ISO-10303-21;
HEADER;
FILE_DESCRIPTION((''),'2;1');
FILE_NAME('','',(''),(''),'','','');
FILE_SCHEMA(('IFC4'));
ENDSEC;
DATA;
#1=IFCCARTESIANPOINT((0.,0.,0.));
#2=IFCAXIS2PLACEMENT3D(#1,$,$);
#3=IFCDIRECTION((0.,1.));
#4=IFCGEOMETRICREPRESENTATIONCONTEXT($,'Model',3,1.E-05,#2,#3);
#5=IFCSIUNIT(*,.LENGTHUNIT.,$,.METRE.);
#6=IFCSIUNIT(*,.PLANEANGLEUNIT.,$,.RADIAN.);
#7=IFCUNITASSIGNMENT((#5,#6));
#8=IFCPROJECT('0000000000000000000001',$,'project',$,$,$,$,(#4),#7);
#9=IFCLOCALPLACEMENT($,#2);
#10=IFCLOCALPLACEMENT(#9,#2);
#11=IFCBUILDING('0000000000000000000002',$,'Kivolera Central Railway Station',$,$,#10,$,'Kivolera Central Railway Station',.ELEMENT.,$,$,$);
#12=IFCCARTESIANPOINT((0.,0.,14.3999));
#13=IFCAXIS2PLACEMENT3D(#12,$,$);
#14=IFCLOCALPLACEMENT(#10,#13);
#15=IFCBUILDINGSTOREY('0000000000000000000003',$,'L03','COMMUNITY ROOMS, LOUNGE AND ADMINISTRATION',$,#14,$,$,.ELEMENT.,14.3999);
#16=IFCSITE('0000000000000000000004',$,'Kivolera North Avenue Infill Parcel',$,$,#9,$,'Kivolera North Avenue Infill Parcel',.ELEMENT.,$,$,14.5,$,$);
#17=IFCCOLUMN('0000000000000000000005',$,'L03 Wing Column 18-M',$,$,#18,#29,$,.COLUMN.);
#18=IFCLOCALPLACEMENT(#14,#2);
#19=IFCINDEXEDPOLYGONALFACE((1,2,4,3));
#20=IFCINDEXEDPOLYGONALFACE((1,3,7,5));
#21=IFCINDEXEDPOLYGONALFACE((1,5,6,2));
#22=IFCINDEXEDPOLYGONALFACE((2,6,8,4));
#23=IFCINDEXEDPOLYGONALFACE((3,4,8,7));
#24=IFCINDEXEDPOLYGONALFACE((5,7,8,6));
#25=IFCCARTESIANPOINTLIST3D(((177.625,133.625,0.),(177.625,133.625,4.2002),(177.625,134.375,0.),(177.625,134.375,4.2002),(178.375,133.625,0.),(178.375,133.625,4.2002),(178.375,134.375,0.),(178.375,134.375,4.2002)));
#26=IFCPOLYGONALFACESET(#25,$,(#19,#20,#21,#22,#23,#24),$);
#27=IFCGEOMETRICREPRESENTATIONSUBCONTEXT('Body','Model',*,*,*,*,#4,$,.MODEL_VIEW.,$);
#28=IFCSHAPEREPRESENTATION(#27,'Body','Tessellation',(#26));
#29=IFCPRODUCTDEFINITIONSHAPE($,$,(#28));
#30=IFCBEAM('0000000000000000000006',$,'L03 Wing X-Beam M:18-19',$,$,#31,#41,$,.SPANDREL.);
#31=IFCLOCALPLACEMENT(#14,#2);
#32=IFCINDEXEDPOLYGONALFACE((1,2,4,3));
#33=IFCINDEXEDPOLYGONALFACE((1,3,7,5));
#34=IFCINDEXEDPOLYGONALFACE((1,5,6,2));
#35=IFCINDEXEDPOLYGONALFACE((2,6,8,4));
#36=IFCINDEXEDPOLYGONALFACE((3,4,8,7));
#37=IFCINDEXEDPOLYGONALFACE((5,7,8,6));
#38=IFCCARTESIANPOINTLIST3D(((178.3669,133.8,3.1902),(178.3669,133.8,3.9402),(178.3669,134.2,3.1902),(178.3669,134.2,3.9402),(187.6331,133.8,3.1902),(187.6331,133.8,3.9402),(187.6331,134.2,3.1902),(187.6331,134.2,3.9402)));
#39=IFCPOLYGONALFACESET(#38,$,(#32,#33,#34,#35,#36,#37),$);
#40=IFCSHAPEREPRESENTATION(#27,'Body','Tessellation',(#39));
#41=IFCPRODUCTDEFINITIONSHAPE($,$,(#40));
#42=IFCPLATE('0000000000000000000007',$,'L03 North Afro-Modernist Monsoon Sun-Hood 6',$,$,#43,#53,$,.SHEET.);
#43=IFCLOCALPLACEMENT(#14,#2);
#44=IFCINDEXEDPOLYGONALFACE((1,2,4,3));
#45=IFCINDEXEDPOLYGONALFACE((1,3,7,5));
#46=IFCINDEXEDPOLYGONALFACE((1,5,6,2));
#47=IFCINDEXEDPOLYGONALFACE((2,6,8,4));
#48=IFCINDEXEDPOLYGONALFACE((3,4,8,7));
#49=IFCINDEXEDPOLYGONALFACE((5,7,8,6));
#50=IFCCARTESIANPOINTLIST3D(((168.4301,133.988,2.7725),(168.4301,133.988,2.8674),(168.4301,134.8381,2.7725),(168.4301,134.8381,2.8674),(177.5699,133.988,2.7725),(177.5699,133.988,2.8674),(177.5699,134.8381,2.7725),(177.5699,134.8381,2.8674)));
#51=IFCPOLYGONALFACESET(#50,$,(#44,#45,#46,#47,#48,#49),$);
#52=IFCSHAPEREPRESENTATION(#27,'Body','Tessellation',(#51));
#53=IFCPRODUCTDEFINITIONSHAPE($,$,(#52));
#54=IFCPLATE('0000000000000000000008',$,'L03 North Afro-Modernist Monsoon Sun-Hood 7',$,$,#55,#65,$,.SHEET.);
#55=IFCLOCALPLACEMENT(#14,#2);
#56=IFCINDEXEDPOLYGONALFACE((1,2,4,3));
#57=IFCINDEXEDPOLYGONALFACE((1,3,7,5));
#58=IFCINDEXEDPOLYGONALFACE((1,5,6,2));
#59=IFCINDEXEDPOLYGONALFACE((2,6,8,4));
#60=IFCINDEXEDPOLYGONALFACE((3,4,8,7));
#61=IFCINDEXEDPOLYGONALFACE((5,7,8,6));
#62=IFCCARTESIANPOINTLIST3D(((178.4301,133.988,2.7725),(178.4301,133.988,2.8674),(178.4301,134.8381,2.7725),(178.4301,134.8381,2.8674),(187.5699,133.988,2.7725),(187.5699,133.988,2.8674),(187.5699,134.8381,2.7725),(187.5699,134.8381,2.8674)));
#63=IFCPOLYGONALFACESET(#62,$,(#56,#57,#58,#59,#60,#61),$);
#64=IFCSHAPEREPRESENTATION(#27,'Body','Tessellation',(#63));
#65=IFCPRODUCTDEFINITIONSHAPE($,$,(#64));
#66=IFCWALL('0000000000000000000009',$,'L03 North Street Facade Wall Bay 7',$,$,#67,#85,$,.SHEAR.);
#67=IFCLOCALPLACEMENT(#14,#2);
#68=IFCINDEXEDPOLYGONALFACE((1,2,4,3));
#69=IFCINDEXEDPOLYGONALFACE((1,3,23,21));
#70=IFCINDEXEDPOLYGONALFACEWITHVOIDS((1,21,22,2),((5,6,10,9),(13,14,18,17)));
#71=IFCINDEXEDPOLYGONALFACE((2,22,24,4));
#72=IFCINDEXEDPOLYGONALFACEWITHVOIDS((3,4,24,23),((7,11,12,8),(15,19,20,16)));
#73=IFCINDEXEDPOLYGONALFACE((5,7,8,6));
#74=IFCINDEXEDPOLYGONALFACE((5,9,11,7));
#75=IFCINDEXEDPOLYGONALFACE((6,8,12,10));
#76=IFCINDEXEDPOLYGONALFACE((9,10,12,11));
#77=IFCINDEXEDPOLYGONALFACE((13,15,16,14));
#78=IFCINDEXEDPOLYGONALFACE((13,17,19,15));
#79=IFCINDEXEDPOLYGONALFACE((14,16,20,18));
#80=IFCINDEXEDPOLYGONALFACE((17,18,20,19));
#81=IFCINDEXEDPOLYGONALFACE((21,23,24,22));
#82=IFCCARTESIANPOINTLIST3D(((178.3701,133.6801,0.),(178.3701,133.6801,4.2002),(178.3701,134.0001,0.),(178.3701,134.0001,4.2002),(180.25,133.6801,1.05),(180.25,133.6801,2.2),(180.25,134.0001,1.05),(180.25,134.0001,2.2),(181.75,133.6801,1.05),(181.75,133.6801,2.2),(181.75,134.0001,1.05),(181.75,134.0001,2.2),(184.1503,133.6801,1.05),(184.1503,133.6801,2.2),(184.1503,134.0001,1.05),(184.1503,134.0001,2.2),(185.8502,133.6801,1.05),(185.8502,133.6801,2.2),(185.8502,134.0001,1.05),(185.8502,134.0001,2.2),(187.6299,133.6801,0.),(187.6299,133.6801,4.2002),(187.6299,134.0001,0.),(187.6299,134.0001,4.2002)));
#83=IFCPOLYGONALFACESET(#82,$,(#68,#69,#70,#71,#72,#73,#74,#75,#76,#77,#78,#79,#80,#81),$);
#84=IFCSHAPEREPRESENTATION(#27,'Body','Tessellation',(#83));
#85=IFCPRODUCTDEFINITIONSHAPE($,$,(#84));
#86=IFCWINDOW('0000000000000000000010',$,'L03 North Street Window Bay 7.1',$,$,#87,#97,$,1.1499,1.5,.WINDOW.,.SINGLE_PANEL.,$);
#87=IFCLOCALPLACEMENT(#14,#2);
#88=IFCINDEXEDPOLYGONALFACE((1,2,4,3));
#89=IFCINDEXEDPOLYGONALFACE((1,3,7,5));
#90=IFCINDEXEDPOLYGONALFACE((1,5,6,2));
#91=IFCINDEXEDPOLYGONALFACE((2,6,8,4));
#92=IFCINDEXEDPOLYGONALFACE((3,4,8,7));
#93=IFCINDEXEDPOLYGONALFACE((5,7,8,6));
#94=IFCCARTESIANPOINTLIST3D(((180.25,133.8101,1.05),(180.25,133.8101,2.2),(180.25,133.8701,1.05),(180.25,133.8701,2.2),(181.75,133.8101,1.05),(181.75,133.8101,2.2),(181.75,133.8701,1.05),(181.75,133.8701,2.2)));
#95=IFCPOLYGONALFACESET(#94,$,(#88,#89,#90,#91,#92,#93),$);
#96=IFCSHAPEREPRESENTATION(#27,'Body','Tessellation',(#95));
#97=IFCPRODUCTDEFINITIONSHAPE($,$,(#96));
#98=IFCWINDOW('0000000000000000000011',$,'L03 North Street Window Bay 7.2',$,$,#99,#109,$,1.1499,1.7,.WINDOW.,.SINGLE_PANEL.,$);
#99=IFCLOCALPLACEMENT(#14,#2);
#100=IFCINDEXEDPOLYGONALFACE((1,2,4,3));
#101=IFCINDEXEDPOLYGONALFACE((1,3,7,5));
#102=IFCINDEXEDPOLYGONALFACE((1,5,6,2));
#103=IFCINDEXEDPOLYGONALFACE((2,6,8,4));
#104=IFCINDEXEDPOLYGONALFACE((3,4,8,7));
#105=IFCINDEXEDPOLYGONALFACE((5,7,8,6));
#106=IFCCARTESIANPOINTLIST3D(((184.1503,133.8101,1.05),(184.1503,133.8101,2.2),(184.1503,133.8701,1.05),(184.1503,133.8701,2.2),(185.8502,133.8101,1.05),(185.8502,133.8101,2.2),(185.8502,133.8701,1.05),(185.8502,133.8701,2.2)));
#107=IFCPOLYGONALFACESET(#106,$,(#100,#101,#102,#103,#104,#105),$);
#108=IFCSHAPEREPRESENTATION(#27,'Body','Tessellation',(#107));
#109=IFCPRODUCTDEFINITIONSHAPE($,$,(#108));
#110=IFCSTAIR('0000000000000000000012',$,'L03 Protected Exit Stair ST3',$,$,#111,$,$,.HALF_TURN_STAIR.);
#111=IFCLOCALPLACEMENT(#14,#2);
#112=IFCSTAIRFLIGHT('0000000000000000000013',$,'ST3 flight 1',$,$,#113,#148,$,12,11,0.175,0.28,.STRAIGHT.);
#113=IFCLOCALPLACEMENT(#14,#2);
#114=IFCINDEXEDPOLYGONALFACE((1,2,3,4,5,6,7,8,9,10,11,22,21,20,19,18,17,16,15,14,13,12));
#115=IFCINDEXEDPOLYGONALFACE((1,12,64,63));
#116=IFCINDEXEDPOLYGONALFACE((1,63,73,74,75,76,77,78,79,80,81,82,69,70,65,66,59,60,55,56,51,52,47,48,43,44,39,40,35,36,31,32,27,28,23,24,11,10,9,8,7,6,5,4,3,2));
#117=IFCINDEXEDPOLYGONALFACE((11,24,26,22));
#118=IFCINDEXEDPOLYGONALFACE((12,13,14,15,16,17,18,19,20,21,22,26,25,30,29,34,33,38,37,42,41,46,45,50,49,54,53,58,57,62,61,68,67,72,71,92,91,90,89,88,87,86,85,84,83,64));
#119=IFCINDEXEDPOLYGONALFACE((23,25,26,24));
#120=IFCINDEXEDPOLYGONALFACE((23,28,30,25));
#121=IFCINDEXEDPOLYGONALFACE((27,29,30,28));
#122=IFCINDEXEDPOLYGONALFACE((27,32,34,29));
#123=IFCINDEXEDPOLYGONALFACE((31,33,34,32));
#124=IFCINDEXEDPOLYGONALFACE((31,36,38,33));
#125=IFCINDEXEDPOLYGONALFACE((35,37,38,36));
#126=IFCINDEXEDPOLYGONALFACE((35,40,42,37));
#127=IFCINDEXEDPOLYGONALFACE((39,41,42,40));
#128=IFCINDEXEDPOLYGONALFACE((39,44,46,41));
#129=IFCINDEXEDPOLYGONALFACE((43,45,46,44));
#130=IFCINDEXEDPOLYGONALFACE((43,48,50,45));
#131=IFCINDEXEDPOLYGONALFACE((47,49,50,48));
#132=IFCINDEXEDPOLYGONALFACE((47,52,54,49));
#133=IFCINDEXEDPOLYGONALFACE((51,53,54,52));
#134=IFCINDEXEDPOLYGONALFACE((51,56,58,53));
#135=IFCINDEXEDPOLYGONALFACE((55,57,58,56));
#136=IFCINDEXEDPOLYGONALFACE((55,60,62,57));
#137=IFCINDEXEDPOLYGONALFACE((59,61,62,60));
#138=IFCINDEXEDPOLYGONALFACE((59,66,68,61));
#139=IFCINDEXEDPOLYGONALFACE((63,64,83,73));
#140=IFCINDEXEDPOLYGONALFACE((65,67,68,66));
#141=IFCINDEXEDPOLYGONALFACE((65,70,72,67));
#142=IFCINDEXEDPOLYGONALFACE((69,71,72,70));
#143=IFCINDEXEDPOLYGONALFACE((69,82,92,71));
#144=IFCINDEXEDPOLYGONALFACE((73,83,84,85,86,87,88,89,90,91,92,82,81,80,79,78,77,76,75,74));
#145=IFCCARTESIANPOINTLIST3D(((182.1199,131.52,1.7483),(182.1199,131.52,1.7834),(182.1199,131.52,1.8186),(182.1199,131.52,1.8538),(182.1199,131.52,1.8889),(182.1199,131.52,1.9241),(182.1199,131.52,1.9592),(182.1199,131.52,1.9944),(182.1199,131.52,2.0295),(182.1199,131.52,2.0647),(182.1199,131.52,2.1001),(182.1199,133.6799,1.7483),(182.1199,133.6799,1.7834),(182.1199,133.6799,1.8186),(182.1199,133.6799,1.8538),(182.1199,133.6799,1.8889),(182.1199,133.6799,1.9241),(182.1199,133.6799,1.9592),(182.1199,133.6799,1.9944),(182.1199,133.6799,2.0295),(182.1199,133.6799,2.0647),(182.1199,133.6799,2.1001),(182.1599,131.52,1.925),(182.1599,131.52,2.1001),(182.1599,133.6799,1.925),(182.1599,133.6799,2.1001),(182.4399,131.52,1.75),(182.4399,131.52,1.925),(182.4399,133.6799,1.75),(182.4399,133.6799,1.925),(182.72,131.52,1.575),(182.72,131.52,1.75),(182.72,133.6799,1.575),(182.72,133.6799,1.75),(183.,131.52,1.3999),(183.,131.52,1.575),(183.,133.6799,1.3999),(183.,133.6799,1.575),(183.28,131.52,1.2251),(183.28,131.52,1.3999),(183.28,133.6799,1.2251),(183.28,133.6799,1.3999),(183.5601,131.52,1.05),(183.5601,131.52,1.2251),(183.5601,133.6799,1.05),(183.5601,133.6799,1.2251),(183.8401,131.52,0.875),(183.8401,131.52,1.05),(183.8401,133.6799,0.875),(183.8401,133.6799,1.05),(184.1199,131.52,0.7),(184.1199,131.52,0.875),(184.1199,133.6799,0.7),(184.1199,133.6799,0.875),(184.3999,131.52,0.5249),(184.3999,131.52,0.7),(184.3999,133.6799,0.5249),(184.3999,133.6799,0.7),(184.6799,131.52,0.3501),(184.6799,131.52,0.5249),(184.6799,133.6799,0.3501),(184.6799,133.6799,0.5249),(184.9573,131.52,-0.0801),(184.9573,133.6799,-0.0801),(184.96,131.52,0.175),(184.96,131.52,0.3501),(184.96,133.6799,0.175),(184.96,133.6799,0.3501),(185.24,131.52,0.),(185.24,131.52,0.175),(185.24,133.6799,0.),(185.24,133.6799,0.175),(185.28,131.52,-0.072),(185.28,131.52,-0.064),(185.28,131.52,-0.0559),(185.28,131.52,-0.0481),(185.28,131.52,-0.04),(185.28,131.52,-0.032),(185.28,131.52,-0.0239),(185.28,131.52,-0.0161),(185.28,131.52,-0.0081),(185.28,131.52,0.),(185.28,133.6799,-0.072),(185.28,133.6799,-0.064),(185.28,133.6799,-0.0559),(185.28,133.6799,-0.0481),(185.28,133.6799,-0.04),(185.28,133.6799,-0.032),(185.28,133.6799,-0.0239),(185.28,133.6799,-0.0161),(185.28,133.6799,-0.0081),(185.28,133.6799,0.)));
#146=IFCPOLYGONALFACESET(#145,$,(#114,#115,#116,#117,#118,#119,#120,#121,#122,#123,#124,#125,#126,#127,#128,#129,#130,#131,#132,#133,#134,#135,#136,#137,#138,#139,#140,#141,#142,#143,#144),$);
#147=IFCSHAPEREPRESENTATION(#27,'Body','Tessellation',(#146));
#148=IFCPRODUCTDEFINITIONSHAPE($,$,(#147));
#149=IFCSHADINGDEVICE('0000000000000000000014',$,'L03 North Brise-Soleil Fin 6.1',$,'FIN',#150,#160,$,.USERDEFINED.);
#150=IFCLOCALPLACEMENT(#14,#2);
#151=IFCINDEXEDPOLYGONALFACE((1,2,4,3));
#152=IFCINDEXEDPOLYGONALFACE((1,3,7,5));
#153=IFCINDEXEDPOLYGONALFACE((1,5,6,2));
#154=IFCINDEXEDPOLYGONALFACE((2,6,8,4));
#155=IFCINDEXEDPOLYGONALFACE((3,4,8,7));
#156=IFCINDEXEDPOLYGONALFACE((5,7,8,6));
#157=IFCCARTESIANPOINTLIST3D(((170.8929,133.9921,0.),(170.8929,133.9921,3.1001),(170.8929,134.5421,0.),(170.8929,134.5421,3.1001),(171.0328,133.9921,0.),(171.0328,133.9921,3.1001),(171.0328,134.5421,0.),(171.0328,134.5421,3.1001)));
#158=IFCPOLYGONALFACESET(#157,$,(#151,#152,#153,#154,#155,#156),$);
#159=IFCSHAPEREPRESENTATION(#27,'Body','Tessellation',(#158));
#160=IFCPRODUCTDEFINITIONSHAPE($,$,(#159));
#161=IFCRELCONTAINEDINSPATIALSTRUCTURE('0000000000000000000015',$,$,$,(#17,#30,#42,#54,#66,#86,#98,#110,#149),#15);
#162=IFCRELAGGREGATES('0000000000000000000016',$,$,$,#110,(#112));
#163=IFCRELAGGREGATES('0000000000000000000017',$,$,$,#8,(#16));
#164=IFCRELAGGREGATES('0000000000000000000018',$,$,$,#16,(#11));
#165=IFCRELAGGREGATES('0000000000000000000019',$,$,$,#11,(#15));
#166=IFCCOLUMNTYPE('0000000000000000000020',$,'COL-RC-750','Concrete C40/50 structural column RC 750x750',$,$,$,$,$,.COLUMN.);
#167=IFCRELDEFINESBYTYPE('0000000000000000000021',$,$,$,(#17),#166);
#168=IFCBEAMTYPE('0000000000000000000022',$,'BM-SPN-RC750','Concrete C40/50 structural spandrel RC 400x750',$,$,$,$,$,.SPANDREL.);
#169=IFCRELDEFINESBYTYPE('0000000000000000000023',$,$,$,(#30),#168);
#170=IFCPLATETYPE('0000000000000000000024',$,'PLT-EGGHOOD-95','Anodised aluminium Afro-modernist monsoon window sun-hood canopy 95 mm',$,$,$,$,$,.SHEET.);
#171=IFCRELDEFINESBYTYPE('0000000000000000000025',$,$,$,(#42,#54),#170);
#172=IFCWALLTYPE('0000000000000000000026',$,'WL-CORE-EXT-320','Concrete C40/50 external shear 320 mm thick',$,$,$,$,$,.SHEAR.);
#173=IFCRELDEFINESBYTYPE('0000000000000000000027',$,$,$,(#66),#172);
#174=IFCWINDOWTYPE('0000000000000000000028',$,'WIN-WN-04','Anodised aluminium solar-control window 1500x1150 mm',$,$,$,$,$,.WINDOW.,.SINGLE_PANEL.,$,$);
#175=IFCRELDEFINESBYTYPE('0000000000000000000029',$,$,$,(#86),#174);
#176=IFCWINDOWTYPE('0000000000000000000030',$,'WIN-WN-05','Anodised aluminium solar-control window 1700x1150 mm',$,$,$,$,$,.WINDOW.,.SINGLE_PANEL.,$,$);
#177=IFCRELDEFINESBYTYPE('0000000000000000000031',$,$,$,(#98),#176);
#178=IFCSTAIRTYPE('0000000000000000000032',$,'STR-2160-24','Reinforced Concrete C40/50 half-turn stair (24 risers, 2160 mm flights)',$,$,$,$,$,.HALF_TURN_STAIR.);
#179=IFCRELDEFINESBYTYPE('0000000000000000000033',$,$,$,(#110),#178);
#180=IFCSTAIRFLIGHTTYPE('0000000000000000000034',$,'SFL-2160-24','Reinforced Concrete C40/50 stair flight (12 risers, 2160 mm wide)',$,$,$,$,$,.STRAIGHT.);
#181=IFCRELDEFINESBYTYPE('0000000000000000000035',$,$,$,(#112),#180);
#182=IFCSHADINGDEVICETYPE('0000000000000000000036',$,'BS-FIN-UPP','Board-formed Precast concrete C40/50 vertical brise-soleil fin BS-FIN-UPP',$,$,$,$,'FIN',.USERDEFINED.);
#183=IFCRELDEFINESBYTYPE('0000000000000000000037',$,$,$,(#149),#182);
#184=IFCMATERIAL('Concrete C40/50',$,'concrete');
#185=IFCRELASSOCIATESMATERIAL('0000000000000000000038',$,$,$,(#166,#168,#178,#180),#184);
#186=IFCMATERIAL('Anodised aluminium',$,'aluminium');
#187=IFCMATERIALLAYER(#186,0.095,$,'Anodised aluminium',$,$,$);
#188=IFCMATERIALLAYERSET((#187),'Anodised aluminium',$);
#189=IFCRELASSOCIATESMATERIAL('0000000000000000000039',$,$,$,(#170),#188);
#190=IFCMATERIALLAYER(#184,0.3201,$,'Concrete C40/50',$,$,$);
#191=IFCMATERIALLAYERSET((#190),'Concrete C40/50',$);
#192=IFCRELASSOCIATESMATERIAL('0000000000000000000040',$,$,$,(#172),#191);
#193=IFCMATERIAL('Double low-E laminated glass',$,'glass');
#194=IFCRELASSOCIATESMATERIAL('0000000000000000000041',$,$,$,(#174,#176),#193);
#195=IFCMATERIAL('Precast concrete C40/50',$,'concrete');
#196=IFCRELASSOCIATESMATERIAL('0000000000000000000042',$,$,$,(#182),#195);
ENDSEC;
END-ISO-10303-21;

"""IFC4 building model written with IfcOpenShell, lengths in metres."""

from ifc_helpers import new_model, si_unit, direction, frame, frame_2d, origin, origin_2d, place, context, subcontext, project, spatial, polyline, rectangle, outline, extrude, material, layer, layer_set, material_profile, profile_set, type_object, element, fill, aggregate, save


model = new_model("IFC4")

# Units and contexts
model_context = context("Model", 3, precision=1e-05, world=origin(), true_north=direction((0.0, 1.0)))
body_context = subcontext(model_context, "Body", "Model", "MODEL_VIEW")
ifc_project = project(units=[si_unit("LENGTHUNIT", "METRE"), si_unit("PLANEANGLEUNIT", "RADIAN")], contexts=[model_context])

# Site, building, storey
site_placement = place(None, origin())
site = spatial("IfcSite", under=ifc_project, at=site_placement, Name="Kivolera North Avenue Infill Parcel", LongName="Kivolera North Avenue Infill Parcel", CompositionType="ELEMENT", RefElevation=14.5)
building_placement = place(site_placement, origin())
building = spatial("IfcBuilding", under=site, at=building_placement, Name="Kivolera Central Railway Station", LongName="Kivolera Central Railway Station", CompositionType="ELEMENT")
storey_placement = place(building_placement, frame((0.0, 0.0, 14.3999)))
storey = spatial("IfcBuildingStorey", under=building, at=storey_placement, Name="L03", Description="COMMUNITY ROOMS, LOUNGE AND ADMINISTRATION", CompositionType="ELEMENT", Elevation=14.3999)

# Column
ifc_material_1 = material(Name="Concrete C40/50", Category="concrete")
ifc_material_profile_1 = material_profile(ifc_material_1, rectangle(XDim=0.75, YDim=0.75, at=origin_2d()), Name="RC 750x750")
ifc_profile_set_1 = profile_set([ifc_material_profile_1], Name="Concrete C40/50")
column_type = type_object("IfcColumnType", Name="COL-RC-750", Description="Concrete C40/50 structural column RC 750x750", PredefinedType="COLUMN", material=ifc_profile_set_1)
column_placement = place(storey_placement, frame((178.0, 134.0, 0.0), z_axis=(0.0, 0.0, 1.0), x_axis=(1.0, 0.0, 0.0)))
element("IfcColumn", 1, at=column_placement, inside=storey, type_object=column_type, Name="L03 Wing Column 18-M", PredefinedType="COLUMN", context=body_context, shape_type="SweptSolid", body=[
    extrude(rectangle(XDim=0.75, YDim=0.75, at=origin_2d()), origin(), (0.0, 0.0, 1.0), 4.2002),
])

# Beam
ifc_material_profile_2 = material_profile(ifc_material_1, rectangle(XDim=0.3999, YDim=0.75, at=origin_2d()), Name="RC 400x750")
ifc_profile_set_2 = profile_set([ifc_material_profile_2], Name="Concrete C40/50")
beam_type = type_object("IfcBeamType", Name="BM-SPN-RC750", Description="Concrete C40/50 structural spandrel RC 400x750", PredefinedType="SPANDREL", material=ifc_profile_set_2)
beam_placement = place(storey_placement, frame((178.3669, 134.0, 3.5652), z_axis=(1.0, 0.0, 0.0), x_axis=(0.0, 1.0, 0.0)))
element("IfcBeam", 2, at=beam_placement, inside=storey, type_object=beam_type, Name="L03 Wing X-Beam M:18-19", PredefinedType="SPANDREL", context=body_context, shape_type="SweptSolid", body=[
    extrude(rectangle(XDim=0.3999, YDim=0.75, at=origin_2d()), origin(), (0.0, 0.0, 1.0), 9.2661),
])

# Plates
ifc_material_2 = material(Name="Anodised aluminium", Category="aluminium")
ifc_layer_1 = layer(ifc_material_2, 0.095, Name="Anodised aluminium")
ifc_layer_set_1 = layer_set([ifc_layer_1], Name="Anodised aluminium")
plate_type = type_object("IfcPlateType", Name="PLT-EGGHOOD-95", Description="Anodised aluminium Afro-modernist monsoon window sun-hood canopy 95 mm", PredefinedType="SHEET", material=ifc_layer_set_1)
for number, where, z_axis, x_axis, name in (
    (3, (173.0, 134.4131, 2.7725), (0.0, 0.0, 1.0), (1.0, 0.0, 0.0), "L03 North Afro-Modernist Monsoon Sun-Hood 6"),
    (4, (183.0, 134.4131, 2.7725), (0.0, 0.0, 1.0), (1.0, 0.0, 0.0), "L03 North Afro-Modernist Monsoon Sun-Hood 7"),
):
    element("IfcPlate", number, at=place(storey_placement, frame(where, z_axis=z_axis, x_axis=x_axis)), inside=storey, type_object=plate_type, Name=name, PredefinedType="SHEET", context=body_context, shape_type="SweptSolid", body=[
        extrude(rectangle(XDim=9.1399, YDim=0.8501, at=origin_2d()), origin(), (0.0, 0.0, 1.0), 0.095),
    ])

# Wall, openings, windows
ifc_layer_2 = layer(ifc_material_1, 0.3201, Name="Concrete C40/50")
ifc_layer_set_2 = layer_set([ifc_layer_2], Name="Concrete C40/50")
wall_type = type_object("IfcWallType", Name="WL-CORE-EXT-320", Description="Concrete C40/50 external shear 320 mm thick", PredefinedType="SHEAR", material=ifc_layer_set_2)
wall_placement = place(storey_placement, frame((178.3701, 133.8401, 0.0), z_axis=(0.0, 0.0, 1.0), x_axis=(1.0, 0.0, 0.0)))
wall = element("IfcWall", 5, at=wall_placement, inside=storey, type_object=wall_type, Name="L03 North Street Facade Wall Bay 7", PredefinedType="SHEAR", context=body_context, shape_type="SweptSolid", body=[
    extrude(rectangle(XDim=9.2598, YDim=0.3201, at=frame_2d((4.6299, 0.0))), origin(), (0.0, 0.0, 1.0), 4.2002),
])
opening_1_placement = place(wall_placement, frame((1.8799, 0.0, 1.05)))
opening_1 = element("IfcOpeningElement", 6, at=opening_1_placement, cuts=wall, PredefinedType="OPENING", context=body_context, shape_type="SweptSolid", body=[
    extrude(rectangle(XDim=1.5, YDim=1.1499, at=frame_2d((0.75, 0.575))), frame((0.0, 0.1699, 0.0), z_axis=(0.0, -1.0, 0.0), x_axis=(1.0, 0.0, 0.0)), (0.0, 0.0, 1.0), 0.3401),
])
opening_2_placement = place(wall_placement, frame((5.78, 0.0, 1.05)))
opening_2 = element("IfcOpeningElement", 7, at=opening_2_placement, cuts=wall, PredefinedType="OPENING", context=body_context, shape_type="SweptSolid", body=[
    extrude(rectangle(XDim=1.7, YDim=1.1499, at=frame_2d((0.8501, 0.575))), frame((0.0, 0.1699, 0.0), z_axis=(0.0, -1.0, 0.0), x_axis=(1.0, 0.0, 0.0)), (0.0, 0.0, 1.0), 0.3401),
])
ifc_material_3 = material(Name="Double low-E laminated glass", Category="glass")
window_type_1 = type_object("IfcWindowType", Name="WIN-WN-04", Description="Anodised aluminium solar-control window 1500x1150 mm", PartitioningType="SINGLE_PANEL", PredefinedType="WINDOW", material=ifc_material_3)
window_1_placement = place(opening_1_placement, origin())
window_1 = element("IfcWindow", 8, at=window_1_placement, inside=storey, type_object=window_type_1, Name="L03 North Street Window Bay 7.1", OverallHeight=1.1499, OverallWidth=1.5, PartitioningType="SINGLE_PANEL", PredefinedType="WINDOW", context=body_context, shape_type="SweptSolid", body=[
    extrude(rectangle(XDim=1.5, YDim=1.1499, at=frame_2d((0.75, 0.575))), frame((0.0, 0.03, 0.0), z_axis=(0.0, -1.0, 0.0), x_axis=(1.0, 0.0, 0.0)), (0.0, 0.0, 1.0), 0.0601),
])
fill(opening_1, window_1)
window_type_2 = type_object("IfcWindowType", Name="WIN-WN-05", Description="Anodised aluminium solar-control window 1700x1150 mm", PartitioningType="SINGLE_PANEL", PredefinedType="WINDOW", material=ifc_material_3)
window_2_placement = place(opening_2_placement, origin())
window_2 = element("IfcWindow", 9, at=window_2_placement, inside=storey, type_object=window_type_2, Name="L03 North Street Window Bay 7.2", OverallHeight=1.1499, OverallWidth=1.7, PartitioningType="SINGLE_PANEL", PredefinedType="WINDOW", context=body_context, shape_type="SweptSolid", body=[
    extrude(rectangle(XDim=1.7, YDim=1.1499, at=frame_2d((0.8501, 0.575))), frame((0.0, 0.03, 0.0), z_axis=(0.0, -1.0, 0.0), x_axis=(1.0, 0.0, 0.0)), (0.0, 0.0, 1.0), 0.0601),
])
fill(opening_2, window_2)

# Stair, stair flight
stair_type = type_object("IfcStairType", Name="STR-2160-24", Description="Reinforced Concrete C40/50 half-turn stair (24 risers, 2160 mm flights)", PredefinedType="HALF_TURN_STAIR", material=ifc_material_1)
stair_placement = place(storey_placement, origin())
stair = element("IfcStair", 10, at=stair_placement, inside=storey, type_object=stair_type, Name="L03 Protected Exit Stair ST3", PredefinedType="HALF_TURN_STAIR")
stair_flight_type = type_object("IfcStairFlightType", Name="SFL-2160-24", Description="Reinforced Concrete C40/50 stair flight (12 risers, 2160 mm wide)", PredefinedType="STRAIGHT", material=ifc_material_1)
stair_flight_placement = place(storey_placement, frame((185.24, 132.6001, 0.0), z_axis=(0.0, 0.0, 1.0), x_axis=(-1.0, 0.0, 0.0)))
stair_flight = element("IfcStairFlight", 11, at=stair_flight_placement, type_object=stair_flight_type, Name="ST3 flight 1", NumberOfRisers=12, NumberOfTreads=11, PredefinedType="STRAIGHT", RiserHeight=0.175, TreadLength=0.28, context=body_context, shape_type="SweptSolid", body=[
    extrude(outline(polyline([(-0.04, 0.0), (0.0, 0.0), (0.0, 0.175), (0.28, 0.175), (0.28, 0.3501), (0.5601, 0.3501), (0.5601, 0.5249), (0.8401, 0.5249), (0.8401, 0.7), (1.1201, 0.7), (1.1201, 0.875), (1.3999, 0.875), (1.3999, 1.05), (1.6799, 1.05), (1.6799, 1.2251), (1.96, 1.2251), (1.96, 1.3999), (2.24, 1.3999), (2.24, 1.575), (2.52, 1.575), (2.52, 1.75), (2.8, 1.75), (2.8, 1.925), (3.0801, 1.925), (3.0801, 2.1001), (3.1201, 2.1001), (3.1201, 2.0647), (3.1201, 2.0295), (3.1201, 1.9944), (3.1201, 1.9592), (3.1201, 1.9241), (3.1201, 1.8889), (3.1201, 1.8538), (3.1201, 1.8186), (3.1201, 1.7834), (3.1201, 1.7483), (0.2827, -0.0801), (-0.04, -0.072), (-0.04, -0.064), (-0.04, -0.0559), (-0.04, -0.0481), (-0.04, -0.04), (-0.04, -0.032), (-0.04, -0.0239), (-0.04, -0.0161), (-0.04, -0.0081), (-0.04, 0.0)])), frame((0.0, 1.0801, 0.0), z_axis=(0.0, -1.0, 0.0), x_axis=(1.0, 0.0, 0.0)), (0.0, 0.0, 1.0), 2.1599),
])
aggregate(stair, [stair_flight])

# Shading device
ifc_material_4 = material(Name="Precast concrete C40/50", Category="concrete")
shading_device_type = type_object("IfcShadingDeviceType", Name="BS-FIN-UPP", Description="Board-formed Precast concrete C40/50 vertical brise-soleil fin BS-FIN-UPP", ElementType="FIN", PredefinedType="USERDEFINED", material=ifc_material_4)
for number, where, z_axis, x_axis, name in (
    (12, (170.9629, 134.2671, 0.0), (0.0, 0.0, 1.0), (1.0, 0.0, 0.0), "L03 North Brise-Soleil Fin 6.1"),
):
    element("IfcShadingDevice", number, at=place(storey_placement, frame(where, z_axis=z_axis, x_axis=x_axis)), inside=storey, type_object=shading_device_type, Name=name, ObjectType="FIN", PredefinedType="USERDEFINED", context=body_context, shape_type="SweptSolid", body=[
        extrude(rectangle(XDim=0.1399, YDim=0.55, at=origin_2d()), origin(), (0.0, 0.0, 1.0), 3.1001),
    ])

save(model, "model.ifc")
